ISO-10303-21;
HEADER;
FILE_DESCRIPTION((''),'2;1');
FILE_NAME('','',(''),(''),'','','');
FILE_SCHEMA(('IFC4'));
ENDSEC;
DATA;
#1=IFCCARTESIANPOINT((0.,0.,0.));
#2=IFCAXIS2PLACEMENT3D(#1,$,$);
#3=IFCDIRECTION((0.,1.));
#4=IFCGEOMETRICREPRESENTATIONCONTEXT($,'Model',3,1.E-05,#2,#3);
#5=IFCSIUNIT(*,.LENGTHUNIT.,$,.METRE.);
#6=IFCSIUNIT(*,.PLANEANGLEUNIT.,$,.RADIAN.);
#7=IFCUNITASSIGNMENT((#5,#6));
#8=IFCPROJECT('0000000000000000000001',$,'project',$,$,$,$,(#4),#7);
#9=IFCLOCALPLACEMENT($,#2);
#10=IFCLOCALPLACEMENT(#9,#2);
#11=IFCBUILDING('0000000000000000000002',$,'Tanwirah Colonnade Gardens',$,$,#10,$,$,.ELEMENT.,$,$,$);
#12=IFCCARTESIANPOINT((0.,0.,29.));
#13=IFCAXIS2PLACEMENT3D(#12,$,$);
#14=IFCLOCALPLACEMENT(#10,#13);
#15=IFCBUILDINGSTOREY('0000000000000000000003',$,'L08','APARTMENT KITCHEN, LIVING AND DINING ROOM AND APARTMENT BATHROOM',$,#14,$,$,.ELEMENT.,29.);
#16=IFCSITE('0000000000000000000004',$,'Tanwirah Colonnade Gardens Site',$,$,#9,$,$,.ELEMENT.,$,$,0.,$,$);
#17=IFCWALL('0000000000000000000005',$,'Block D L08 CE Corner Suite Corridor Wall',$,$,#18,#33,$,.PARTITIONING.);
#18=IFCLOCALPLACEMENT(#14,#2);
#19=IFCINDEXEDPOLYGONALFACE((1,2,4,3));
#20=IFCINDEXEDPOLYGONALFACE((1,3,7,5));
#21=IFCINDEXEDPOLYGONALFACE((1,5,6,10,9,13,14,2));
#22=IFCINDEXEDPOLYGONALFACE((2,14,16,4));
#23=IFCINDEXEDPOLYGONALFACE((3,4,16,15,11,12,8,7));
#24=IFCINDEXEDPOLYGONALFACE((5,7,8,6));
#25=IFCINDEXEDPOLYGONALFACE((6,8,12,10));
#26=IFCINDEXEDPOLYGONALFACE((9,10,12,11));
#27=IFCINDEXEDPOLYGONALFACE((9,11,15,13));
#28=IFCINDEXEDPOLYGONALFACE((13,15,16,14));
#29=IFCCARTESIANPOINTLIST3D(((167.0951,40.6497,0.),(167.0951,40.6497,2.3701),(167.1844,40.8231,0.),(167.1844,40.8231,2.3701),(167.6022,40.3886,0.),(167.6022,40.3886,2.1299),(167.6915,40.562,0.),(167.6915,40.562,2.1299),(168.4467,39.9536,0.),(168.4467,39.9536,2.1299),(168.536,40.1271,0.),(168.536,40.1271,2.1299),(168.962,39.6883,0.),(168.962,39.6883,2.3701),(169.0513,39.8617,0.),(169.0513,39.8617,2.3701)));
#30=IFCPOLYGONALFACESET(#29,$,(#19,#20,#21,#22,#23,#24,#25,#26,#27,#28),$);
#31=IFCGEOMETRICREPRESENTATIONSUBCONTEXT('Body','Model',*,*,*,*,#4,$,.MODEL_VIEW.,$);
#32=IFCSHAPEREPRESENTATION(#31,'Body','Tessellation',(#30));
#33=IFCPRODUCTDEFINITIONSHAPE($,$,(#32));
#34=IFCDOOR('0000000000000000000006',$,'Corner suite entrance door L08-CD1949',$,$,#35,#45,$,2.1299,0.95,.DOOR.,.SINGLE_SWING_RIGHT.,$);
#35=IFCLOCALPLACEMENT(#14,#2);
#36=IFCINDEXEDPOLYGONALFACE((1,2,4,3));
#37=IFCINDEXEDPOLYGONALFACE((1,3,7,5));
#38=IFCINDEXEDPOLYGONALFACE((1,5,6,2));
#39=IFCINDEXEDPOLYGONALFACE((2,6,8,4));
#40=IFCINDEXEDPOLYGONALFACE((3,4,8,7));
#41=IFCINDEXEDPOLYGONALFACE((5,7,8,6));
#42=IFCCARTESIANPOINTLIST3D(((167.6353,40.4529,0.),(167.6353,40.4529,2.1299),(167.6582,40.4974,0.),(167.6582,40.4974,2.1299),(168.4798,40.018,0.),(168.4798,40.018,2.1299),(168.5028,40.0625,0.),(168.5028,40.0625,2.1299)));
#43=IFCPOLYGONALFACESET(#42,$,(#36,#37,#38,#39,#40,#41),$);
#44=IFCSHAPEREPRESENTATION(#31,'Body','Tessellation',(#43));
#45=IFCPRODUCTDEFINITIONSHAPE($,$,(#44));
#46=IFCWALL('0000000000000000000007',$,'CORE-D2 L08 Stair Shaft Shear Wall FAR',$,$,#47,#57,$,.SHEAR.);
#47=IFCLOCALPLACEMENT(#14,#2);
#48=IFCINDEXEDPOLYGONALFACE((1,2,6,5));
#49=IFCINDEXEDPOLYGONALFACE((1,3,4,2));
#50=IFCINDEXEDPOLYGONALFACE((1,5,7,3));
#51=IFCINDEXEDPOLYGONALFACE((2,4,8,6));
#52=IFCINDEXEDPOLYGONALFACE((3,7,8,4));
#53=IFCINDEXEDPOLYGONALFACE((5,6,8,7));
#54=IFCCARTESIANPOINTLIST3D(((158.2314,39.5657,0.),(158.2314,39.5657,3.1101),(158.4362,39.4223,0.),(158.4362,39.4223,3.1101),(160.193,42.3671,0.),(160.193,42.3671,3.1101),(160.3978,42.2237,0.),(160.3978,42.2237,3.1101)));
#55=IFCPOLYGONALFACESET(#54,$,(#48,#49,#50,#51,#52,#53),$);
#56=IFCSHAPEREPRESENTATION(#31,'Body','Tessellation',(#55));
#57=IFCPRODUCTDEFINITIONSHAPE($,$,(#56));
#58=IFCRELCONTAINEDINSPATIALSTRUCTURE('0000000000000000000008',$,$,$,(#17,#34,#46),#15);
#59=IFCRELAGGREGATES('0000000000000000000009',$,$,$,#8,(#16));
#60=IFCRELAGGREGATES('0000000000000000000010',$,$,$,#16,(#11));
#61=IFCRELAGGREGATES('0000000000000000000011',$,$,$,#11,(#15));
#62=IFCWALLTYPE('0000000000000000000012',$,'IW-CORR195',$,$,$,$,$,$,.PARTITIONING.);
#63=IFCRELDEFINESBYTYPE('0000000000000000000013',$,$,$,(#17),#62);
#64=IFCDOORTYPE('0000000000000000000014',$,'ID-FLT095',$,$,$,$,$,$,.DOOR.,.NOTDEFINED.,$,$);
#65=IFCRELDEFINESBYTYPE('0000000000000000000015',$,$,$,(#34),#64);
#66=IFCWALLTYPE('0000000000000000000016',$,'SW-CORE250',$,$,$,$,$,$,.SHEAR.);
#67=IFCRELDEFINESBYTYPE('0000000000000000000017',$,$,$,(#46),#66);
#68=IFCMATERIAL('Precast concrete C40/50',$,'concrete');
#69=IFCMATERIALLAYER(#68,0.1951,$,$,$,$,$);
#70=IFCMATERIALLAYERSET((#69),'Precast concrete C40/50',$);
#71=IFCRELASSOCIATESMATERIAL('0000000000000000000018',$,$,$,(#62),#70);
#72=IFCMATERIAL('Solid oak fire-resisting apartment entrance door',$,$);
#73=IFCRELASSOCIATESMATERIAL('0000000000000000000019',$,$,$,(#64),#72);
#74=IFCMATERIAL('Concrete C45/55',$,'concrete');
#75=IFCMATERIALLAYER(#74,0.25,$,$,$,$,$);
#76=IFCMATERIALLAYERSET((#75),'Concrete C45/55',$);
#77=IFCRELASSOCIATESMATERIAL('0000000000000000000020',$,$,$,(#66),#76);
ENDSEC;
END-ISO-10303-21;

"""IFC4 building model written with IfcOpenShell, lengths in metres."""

from ifc_helpers import new_model, si_unit, direction, frame, frame_2d, origin, place, context, subcontext, project, spatial, rectangle, extrude, material, layer, layer_set, type_object, element, fill, save


model = new_model("IFC4")

# Units and contexts
model_context = context("Model", 3, precision=1e-05, world=origin(), true_north=direction((0.0, 1.0)))
body_context = subcontext(model_context, "Body", "Model", "MODEL_VIEW")
ifc_project = project(units=[si_unit("LENGTHUNIT", "METRE"), si_unit("PLANEANGLEUNIT", "RADIAN")], contexts=[model_context])

# Site, building, storey
site_placement = place(None, origin())
site = spatial("IfcSite", under=ifc_project, at=site_placement, Name="Tanwirah Colonnade Gardens Site", CompositionType="ELEMENT", RefElevation=0.0)
building_placement = place(site_placement, origin())
building = spatial("IfcBuilding", under=site, at=building_placement, Name="Tanwirah Colonnade Gardens", CompositionType="ELEMENT")
storey_placement = place(building_placement, frame((0.0, 0.0, 29.0)))
storey = spatial("IfcBuildingStorey", under=building, at=storey_placement, Name="L08", Description="APARTMENT KITCHEN, LIVING AND DINING ROOM AND APARTMENT BATHROOM", CompositionType="ELEMENT", Elevation=29.0)

# Shared definitions
ifc_material_1 = material(Name="Precast concrete C40/50", Category="concrete")

# Wall, opening, door
ifc_layer_1 = layer(ifc_material_1, 0.1951)
ifc_layer_set_1 = layer_set([ifc_layer_1], Name="Precast concrete C40/50")
wall_type_1 = type_object("IfcWallType", Name="IW-CORR195", PredefinedType="PARTITIONING", material=ifc_layer_set_1)
wall_1_placement = place(storey_placement, frame((167.1399, 40.7363, 0.0), z_axis=(0.0, 0.0, 1.0), x_axis=(0.889039, -0.457831, 0.0)))
wall_1 = element("IfcWall", 1, at=wall_1_placement, inside=storey, type_object=wall_type_1, Name="Block D L08 CE Corner Suite Corridor Wall", PredefinedType="PARTITIONING", context=body_context, shape_type="SweptSolid", body=[
    extrude(rectangle(XDim=2.0999, YDim=0.1951, at=frame_2d((1.0498, 0.0))), origin(), (0.0, 0.0, 1.0), 2.3701),
])
opening_1_placement = place(wall_1_placement, frame((0.5701, 0.0, 0.0)))
opening_1 = element("IfcOpeningElement", 2, at=opening_1_placement, cuts=wall_1, PredefinedType="OPENING", context=body_context, shape_type="SweptSolid", body=[
    extrude(rectangle(XDim=0.95, YDim=2.1299, at=frame_2d((0.4751, 1.0649))), frame((0.0, 0.1074, 0.0), z_axis=(0.0, -1.0, 0.0), x_axis=(1.0, 0.0, 0.0)), (0.0, 0.0, 1.0), 0.2151),
])
ifc_material_2 = material(Name="Solid oak fire-resisting apartment entrance door")
door_type_1 = type_object("IfcDoorType", Name="ID-FLT095", OperationType="NOTDEFINED", PredefinedType="DOOR", material=ifc_material_2)
door_1_placement = place(opening_1_placement, origin())
door_1 = element("IfcDoor", 3, at=door_1_placement, inside=storey, type_object=door_type_1, Name="Corner suite entrance door L08-CD1949", OperationType="SINGLE_SWING_RIGHT", OverallHeight=2.1299, OverallWidth=0.95, PredefinedType="DOOR", context=body_context, shape_type="SweptSolid", body=[
    extrude(rectangle(XDim=0.95, YDim=2.1299, at=frame_2d((0.4751, 1.0649))), frame((0.0, 0.0249, 0.0), z_axis=(0.0, -1.0, 0.0), x_axis=(1.0, 0.0, 0.0)), (0.0, 0.0, 1.0), 0.05),
])
fill(opening_1, door_1)

# Wall
ifc_material_3 = material(Name="Concrete C45/55", Category="concrete")
ifc_layer_2 = layer(ifc_material_3, 0.25)
ifc_layer_set_2 = layer_set([ifc_layer_2], Name="Concrete C45/55")
wall_type_2 = type_object("IfcWallType", Name="SW-CORE250", PredefinedType="SHEAR", material=ifc_layer_set_2)
wall_2_placement = place(storey_placement, frame((160.2954, 42.2954, 0.0), z_axis=(0.0, 0.0, 1.0), x_axis=(-0.573582, -0.819148, 0.0)))
element("IfcWall", 4, at=wall_2_placement, inside=storey, type_object=wall_type_2, Name="CORE-D2 L08 Stair Shaft Shear Wall FAR", PredefinedType="SHEAR", context=body_context, shape_type="SweptSolid", body=[
    extrude(rectangle(XDim=3.4199, YDim=0.25, at=frame_2d((1.71, 0.0))), origin(), (0.0, 0.0, 1.0), 3.1101),
])

save(model, "model.ifc")
